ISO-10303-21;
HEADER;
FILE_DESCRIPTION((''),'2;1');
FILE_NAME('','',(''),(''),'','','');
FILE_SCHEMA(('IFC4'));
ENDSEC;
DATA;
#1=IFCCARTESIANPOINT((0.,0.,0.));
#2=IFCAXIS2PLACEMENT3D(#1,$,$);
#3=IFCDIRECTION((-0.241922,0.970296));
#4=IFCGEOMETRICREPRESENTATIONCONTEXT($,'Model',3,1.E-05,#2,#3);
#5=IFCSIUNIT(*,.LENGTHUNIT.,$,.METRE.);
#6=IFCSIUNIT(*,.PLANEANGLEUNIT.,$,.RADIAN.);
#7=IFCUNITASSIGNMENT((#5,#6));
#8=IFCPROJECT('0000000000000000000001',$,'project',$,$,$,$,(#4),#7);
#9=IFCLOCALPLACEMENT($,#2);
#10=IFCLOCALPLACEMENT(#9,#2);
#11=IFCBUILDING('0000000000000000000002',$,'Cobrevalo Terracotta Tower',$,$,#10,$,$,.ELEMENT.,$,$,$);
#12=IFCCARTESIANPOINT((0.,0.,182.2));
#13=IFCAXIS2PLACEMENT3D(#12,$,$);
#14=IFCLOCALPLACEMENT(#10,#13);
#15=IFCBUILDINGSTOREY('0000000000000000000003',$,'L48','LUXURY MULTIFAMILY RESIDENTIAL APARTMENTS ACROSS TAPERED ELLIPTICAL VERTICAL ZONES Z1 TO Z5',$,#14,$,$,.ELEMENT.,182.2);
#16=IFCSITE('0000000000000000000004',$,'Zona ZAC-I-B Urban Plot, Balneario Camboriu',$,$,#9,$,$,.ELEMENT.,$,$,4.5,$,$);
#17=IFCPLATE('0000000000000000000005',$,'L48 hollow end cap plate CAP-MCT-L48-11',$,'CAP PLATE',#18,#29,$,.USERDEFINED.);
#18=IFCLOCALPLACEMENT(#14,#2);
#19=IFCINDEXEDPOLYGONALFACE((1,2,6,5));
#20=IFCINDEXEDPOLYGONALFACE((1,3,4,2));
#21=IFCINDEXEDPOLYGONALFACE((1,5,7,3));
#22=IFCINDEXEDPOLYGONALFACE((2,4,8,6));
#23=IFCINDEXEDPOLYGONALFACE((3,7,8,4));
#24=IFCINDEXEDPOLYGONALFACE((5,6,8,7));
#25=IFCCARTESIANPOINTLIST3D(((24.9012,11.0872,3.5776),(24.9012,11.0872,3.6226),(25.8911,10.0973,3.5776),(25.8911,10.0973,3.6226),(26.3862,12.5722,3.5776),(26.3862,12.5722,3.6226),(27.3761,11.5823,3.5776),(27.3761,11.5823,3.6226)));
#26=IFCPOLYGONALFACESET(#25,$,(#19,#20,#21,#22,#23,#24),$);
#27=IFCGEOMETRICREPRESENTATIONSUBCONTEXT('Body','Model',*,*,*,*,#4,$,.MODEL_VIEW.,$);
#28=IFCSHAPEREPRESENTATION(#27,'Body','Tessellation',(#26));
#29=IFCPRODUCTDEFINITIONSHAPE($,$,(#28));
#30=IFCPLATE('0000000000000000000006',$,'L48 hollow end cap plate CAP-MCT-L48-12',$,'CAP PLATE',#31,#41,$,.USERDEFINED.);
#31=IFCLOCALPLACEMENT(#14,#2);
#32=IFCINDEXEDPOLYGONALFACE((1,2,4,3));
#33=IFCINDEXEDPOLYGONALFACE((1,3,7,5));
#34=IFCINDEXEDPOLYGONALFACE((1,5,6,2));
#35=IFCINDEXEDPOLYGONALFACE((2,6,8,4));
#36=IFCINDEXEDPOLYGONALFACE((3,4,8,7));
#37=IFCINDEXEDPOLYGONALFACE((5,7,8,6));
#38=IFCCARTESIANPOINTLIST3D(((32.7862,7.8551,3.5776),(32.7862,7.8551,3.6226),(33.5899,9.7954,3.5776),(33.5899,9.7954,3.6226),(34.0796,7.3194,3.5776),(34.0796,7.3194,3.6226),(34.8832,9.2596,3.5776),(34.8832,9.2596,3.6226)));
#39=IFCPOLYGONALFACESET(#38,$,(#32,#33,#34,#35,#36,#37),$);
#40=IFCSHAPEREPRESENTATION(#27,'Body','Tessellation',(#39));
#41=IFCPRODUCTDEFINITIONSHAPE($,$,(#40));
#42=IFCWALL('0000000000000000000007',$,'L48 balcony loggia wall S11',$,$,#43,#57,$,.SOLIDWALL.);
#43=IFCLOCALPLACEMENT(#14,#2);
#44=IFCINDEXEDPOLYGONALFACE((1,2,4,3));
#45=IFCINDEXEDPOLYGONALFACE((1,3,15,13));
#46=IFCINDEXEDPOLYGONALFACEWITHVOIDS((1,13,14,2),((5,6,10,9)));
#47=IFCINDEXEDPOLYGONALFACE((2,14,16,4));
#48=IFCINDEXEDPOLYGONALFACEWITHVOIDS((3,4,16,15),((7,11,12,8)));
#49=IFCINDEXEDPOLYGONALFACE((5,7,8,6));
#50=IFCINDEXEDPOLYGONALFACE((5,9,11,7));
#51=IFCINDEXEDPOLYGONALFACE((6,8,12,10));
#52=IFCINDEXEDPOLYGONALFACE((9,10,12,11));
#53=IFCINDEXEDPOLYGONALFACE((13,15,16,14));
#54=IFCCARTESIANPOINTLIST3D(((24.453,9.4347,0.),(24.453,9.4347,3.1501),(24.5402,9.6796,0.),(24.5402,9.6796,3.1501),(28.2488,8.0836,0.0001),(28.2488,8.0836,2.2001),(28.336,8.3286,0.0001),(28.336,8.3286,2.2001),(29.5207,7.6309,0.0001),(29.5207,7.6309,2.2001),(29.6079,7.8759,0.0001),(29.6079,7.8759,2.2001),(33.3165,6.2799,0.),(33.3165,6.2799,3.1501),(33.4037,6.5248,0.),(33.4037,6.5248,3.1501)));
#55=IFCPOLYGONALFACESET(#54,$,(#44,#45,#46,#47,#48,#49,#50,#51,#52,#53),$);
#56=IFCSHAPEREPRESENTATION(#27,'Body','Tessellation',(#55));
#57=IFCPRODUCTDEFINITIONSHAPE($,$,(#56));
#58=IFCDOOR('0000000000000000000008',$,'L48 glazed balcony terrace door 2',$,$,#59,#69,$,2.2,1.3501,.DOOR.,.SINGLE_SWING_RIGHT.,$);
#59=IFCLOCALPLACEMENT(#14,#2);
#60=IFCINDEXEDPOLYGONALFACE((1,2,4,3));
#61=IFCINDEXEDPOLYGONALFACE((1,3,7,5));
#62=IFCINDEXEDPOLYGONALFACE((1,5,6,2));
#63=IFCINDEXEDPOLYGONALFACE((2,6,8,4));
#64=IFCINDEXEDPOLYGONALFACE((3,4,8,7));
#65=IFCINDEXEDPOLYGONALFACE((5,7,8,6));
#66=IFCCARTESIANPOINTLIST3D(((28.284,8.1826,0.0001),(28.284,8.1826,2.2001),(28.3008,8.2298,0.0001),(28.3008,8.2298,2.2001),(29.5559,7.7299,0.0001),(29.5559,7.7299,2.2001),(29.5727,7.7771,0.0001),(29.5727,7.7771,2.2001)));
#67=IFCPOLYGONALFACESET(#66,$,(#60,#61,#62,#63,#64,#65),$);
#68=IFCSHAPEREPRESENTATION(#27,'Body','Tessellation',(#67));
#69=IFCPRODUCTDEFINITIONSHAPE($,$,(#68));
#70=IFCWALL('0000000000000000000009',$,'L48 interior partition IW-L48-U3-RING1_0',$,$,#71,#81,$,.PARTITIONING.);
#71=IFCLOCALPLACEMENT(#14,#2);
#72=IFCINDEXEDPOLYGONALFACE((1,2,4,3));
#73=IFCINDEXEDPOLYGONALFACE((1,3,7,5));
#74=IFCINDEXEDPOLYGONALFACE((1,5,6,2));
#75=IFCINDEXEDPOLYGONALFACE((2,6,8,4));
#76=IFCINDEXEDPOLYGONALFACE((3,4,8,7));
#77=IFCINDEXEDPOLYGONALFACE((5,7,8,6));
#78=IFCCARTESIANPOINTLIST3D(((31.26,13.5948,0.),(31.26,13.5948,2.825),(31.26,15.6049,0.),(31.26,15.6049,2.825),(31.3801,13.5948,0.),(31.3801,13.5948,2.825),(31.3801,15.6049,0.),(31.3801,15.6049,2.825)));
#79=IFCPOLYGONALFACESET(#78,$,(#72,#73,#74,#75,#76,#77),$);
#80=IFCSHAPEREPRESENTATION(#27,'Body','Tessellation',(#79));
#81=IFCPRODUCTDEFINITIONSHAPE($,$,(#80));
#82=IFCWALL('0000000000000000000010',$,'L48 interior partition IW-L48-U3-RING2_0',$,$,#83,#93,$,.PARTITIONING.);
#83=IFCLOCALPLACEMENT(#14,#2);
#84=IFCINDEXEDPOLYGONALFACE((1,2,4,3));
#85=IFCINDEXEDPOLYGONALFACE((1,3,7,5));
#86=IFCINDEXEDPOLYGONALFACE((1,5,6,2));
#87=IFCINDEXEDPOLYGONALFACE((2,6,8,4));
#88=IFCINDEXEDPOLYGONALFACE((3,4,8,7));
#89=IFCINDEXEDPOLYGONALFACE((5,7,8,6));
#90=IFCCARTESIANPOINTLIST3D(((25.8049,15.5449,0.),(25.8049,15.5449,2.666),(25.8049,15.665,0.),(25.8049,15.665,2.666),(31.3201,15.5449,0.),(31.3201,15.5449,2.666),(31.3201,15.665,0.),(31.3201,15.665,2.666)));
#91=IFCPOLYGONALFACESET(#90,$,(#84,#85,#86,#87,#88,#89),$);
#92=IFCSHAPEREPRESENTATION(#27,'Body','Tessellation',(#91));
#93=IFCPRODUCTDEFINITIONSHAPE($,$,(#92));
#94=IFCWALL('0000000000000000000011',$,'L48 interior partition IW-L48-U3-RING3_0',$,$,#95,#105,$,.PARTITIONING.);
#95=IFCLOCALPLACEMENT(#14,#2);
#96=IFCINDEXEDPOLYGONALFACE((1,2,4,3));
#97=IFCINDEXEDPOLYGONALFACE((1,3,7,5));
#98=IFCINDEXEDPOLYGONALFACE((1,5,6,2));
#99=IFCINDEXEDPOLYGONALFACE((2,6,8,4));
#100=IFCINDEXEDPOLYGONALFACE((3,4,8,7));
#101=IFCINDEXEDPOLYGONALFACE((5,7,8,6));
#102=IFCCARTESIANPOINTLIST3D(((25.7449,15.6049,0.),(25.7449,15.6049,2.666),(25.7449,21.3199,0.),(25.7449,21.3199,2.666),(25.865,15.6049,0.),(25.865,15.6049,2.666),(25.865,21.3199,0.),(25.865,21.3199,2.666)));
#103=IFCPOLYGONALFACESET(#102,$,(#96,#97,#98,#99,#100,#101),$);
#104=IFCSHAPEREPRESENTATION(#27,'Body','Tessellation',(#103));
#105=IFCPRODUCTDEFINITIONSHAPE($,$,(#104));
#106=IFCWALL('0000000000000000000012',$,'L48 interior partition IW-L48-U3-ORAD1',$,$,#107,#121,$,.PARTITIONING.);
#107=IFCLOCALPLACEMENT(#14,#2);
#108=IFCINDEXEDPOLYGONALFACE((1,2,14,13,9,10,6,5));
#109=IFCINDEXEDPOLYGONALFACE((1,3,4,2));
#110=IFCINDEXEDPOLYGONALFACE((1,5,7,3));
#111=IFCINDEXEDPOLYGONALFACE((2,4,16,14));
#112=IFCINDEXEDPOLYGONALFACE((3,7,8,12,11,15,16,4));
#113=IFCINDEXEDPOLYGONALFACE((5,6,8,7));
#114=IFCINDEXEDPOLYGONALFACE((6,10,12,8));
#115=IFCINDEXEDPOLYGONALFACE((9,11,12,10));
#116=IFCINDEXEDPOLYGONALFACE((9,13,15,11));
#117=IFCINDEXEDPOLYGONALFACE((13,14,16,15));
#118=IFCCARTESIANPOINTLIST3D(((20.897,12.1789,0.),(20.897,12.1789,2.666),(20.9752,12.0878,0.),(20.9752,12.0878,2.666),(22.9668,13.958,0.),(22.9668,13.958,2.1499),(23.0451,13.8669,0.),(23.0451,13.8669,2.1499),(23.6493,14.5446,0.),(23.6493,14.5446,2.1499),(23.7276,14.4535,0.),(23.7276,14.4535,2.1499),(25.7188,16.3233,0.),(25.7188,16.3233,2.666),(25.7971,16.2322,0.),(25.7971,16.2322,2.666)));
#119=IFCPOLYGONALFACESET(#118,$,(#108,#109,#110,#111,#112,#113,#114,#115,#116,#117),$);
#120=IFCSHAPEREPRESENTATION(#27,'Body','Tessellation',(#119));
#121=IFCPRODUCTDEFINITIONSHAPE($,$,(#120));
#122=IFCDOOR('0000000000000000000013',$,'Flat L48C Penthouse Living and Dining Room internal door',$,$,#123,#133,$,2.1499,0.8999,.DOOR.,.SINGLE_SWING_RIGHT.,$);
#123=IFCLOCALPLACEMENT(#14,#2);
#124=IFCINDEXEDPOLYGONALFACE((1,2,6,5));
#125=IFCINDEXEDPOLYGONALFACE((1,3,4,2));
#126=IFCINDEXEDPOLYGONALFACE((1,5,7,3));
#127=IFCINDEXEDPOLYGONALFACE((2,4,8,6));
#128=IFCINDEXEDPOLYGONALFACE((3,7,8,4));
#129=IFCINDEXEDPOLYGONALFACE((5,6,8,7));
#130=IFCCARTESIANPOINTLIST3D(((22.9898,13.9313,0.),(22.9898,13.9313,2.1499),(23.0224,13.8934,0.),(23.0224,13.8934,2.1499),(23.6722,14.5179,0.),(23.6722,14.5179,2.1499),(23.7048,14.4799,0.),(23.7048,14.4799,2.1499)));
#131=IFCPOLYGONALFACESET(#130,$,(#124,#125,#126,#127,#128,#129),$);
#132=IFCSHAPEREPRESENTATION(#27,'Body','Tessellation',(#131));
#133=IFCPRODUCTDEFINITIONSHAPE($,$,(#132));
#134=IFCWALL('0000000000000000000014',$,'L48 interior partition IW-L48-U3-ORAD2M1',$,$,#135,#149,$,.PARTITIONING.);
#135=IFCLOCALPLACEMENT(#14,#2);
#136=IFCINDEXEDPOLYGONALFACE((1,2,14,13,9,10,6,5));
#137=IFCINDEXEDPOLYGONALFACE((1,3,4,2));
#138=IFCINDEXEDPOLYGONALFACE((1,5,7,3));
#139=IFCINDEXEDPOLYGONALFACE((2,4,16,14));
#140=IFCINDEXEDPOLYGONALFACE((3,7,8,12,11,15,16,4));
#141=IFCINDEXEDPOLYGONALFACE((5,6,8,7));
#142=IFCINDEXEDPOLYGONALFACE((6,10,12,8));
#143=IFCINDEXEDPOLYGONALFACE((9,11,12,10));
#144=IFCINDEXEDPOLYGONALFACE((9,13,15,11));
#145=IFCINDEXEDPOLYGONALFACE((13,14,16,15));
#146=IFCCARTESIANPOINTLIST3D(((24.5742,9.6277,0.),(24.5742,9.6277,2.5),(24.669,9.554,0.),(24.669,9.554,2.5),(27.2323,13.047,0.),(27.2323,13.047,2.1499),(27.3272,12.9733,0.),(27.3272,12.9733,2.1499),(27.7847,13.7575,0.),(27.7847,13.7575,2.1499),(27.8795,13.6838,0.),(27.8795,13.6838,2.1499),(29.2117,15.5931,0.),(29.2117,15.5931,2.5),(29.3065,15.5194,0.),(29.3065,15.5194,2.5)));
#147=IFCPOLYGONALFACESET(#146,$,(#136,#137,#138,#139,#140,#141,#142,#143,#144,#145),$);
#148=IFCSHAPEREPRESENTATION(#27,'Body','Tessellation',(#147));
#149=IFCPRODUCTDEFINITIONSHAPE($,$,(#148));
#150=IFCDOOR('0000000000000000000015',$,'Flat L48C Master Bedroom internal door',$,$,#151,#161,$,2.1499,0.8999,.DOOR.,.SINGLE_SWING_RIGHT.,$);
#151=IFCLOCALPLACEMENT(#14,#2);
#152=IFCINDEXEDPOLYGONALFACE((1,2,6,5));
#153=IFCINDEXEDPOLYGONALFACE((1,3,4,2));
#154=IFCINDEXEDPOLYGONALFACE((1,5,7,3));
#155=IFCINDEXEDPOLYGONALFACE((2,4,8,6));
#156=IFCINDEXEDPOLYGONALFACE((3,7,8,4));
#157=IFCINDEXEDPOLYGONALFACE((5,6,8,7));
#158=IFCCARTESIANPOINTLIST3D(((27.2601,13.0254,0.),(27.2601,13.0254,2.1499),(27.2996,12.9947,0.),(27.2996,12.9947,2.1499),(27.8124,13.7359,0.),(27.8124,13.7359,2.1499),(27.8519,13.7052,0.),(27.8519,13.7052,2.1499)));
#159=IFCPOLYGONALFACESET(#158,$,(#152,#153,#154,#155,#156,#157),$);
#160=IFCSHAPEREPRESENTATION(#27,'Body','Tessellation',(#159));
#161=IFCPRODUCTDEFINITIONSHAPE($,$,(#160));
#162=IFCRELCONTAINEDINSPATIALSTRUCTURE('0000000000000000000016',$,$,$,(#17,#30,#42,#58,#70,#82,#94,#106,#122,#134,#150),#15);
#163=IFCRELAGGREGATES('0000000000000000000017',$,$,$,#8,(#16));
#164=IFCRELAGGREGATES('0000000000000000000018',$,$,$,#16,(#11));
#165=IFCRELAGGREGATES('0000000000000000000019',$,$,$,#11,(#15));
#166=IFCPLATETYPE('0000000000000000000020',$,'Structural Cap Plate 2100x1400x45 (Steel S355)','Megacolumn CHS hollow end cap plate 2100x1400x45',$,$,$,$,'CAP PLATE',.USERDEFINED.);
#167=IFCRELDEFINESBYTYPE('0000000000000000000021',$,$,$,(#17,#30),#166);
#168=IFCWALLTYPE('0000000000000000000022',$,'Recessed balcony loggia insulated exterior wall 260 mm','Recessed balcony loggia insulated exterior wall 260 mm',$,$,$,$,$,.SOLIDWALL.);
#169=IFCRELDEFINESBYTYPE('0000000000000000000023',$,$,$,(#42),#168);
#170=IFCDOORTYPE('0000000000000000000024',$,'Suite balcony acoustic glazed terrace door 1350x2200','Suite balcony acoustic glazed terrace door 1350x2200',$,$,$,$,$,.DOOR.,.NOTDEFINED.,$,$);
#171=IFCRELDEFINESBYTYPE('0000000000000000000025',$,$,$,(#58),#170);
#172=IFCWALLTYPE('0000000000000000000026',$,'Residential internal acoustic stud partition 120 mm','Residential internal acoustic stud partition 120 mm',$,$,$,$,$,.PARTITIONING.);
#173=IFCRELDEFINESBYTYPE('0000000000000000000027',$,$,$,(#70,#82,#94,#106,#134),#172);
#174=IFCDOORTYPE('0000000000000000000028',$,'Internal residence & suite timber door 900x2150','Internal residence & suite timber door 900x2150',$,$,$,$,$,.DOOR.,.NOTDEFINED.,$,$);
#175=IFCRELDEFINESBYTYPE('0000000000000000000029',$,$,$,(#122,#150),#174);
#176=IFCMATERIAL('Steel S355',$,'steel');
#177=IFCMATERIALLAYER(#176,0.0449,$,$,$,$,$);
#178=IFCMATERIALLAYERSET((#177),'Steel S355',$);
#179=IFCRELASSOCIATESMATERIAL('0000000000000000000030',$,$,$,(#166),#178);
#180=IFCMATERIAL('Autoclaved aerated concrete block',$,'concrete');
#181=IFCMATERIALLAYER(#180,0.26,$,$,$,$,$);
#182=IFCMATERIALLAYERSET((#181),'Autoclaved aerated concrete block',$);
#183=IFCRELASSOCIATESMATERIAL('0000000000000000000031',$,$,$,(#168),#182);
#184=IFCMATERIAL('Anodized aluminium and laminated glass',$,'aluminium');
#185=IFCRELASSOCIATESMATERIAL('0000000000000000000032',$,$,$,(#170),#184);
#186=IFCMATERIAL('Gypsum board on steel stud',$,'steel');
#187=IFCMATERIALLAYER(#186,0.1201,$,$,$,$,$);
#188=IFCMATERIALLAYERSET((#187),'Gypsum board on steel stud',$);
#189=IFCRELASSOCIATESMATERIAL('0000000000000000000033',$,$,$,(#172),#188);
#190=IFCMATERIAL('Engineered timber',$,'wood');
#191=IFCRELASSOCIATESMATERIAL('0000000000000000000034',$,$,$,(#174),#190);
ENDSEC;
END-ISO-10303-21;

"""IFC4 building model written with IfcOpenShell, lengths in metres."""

from ifc_helpers import new_model, si_unit, direction, frame, frame_2d, origin, origin_2d, place, context, subcontext, project, spatial, rectangle, extrude, source, transform, mapped, material, layer, layer_set, type_object, element, fill, save


model = new_model("IFC4")

# Units and contexts
model_context = context("Model", 3, precision=1e-05, world=origin(), true_north=direction((-0.241922, 0.970296)))
body_context = subcontext(model_context, "Body", "Model", "MODEL_VIEW")
ifc_project = project(units=[si_unit("LENGTHUNIT", "METRE"), si_unit("PLANEANGLEUNIT", "RADIAN")], contexts=[model_context])

# Site, building, storey
site_placement = place(None, origin())
site = spatial("IfcSite", under=ifc_project, at=site_placement, Name="Zona ZAC-I-B Urban Plot, Balneario Camboriu", CompositionType="ELEMENT", RefElevation=4.5)
building_placement = place(site_placement, origin())
building = spatial("IfcBuilding", under=site, at=building_placement, Name="Cobrevalo Terracotta Tower", CompositionType="ELEMENT")
storey_placement = place(building_placement, frame((0.0, 0.0, 182.2)))
storey = spatial("IfcBuildingStorey", under=building, at=storey_placement, Name="L48", Description="LUXURY MULTIFAMILY RESIDENTIAL APARTMENTS ACROSS TAPERED ELLIPTICAL VERTICAL ZONES Z1 TO Z5", CompositionType="ELEMENT", Elevation=182.2)

# Shared definitions
ifc_material_1 = material(Name="Steel S355", Category="steel")

# Plates
ifc_layer_1 = layer(ifc_material_1, 0.0449)
ifc_layer_set_1 = layer_set([ifc_layer_1], Name="Steel S355")
plate_type = type_object("IfcPlateType", Name="Structural Cap Plate 2100x1400x45 (Steel S355)", Description="Megacolumn CHS hollow end cap plate 2100x1400x45", ElementType="CAP PLATE", PredefinedType="USERDEFINED", material=ifc_layer_set_1)
shared_shape_1 = source(origin(), body_context, "Body", "SweptSolid", [
    extrude(rectangle(XDim=2.1001, YDim=1.3999, at=origin_2d()), origin(), (0.0, 0.0, 1.0), 0.0449),
])
for number, where, z_axis, x_axis, name in (
    (1, (26.1387, 11.3347, 3.5776), (0.0, 0.0, 1.0), (-0.707107, -0.707107, 0.0), "L48 hollow end cap plate CAP-MCT-L48-11"),
    (2, (33.8347, 8.5574, 3.5776), (0.0, 0.0, 1.0), (-0.382683, -0.92388, 0.0), "L48 hollow end cap plate CAP-MCT-L48-12"),
):
    element("IfcPlate", number, at=place(storey_placement, frame(where, z_axis=z_axis, x_axis=x_axis)), inside=storey, type_object=plate_type, Name=name, ObjectType="CAP PLATE", PredefinedType="USERDEFINED", context=body_context, shape_type="MappedRepresentation", body=[
        mapped(shared_shape_1, transform((0.0, 0.0, 0.0), scale=1.0)),
    ])

# Wall, opening, door
ifc_material_2 = material(Name="Autoclaved aerated concrete block", Category="concrete")
ifc_layer_2 = layer(ifc_material_2, 0.26)
ifc_layer_set_2 = layer_set([ifc_layer_2], Name="Autoclaved aerated concrete block")
wall_type_1 = type_object("IfcWallType", Name="Recessed balcony loggia insulated exterior wall 260 mm", Description="Recessed balcony loggia insulated exterior wall 260 mm", PredefinedType="SOLIDWALL", material=ifc_layer_set_2)
wall_1_placement = place(storey_placement, frame((24.4966, 9.5571, 0.0), z_axis=(0.0, 0.0, 1.0), x_axis=(0.942104, -0.335322, 0.0)))
wall_1 = element("IfcWall", 3, at=wall_1_placement, inside=storey, type_object=wall_type_1, Name="L48 balcony loggia wall S11", PredefinedType="SOLIDWALL", context=body_context, shape_type="SweptSolid", body=[
    extrude(rectangle(XDim=9.4082, YDim=0.26, at=frame_2d((4.7041, 0.0))), origin(), (0.0, 0.0, 1.0), 3.1501),
])
opening_1_placement = place(wall_1_placement, frame((4.0291, 0.0, 0.0)))
opening_1 = element("IfcOpeningElement", 4, at=opening_1_placement, cuts=wall_1, PredefinedType="OPENING", context=body_context, shape_type="SweptSolid", body=[
    extrude(rectangle(XDim=1.3501, YDim=2.2, at=frame_2d((0.675, 1.1001))), frame((0.0, 0.1401, 0.0), z_axis=(0.0, -1.0, 0.0), x_axis=(1.0, 0.0, 0.0)), (0.0, 0.0, 1.0), 0.28),
])
ifc_material_3 = material(Name="Anodized aluminium and laminated glass", Category="aluminium")
door_type_1 = type_object("IfcDoorType", Name="Suite balcony acoustic glazed terrace door 1350x2200", Description="Suite balcony acoustic glazed terrace door 1350x2200", OperationType="NOTDEFINED", PredefinedType="DOOR", material=ifc_material_3)
shared_shape_2 = source(origin(), body_context, "Body", "SweptSolid", [
    extrude(rectangle(XDim=1.3501, YDim=2.2, at=frame_2d((0.675, 1.1001))), frame((0.0, 0.0249, 0.0), z_axis=(0.0, -1.0, 0.0), x_axis=(1.0, 0.0, 0.0)), (0.0, 0.0, 1.0), 0.05),
])
door_1_placement = place(opening_1_placement, frame((1.3501, 0.0, 0.0), z_axis=(0.0, 0.0, 1.0), x_axis=(-1.0, 0.0, 0.0)))
door_1 = element("IfcDoor", 5, at=door_1_placement, inside=storey, type_object=door_type_1, Name="L48 glazed balcony terrace door 2", OperationType="SINGLE_SWING_RIGHT", OverallHeight=2.2, OverallWidth=1.3501, PredefinedType="DOOR", context=body_context, shape_type="MappedRepresentation", body=[
    mapped(shared_shape_2, transform((0.0, 0.0, 0.0), scale=1.0)),
])
fill(opening_1, door_1)

# Walls
ifc_material_4 = material(Name="Gypsum board on steel stud", Category="steel")
ifc_layer_3 = layer(ifc_material_4, 0.1201)
ifc_layer_set_3 = layer_set([ifc_layer_3], Name="Gypsum board on steel stud")
wall_type_2 = type_object("IfcWallType", Name="Residential internal acoustic stud partition 120 mm", Description="Residential internal acoustic stud partition 120 mm", PredefinedType="PARTITIONING", material=ifc_layer_set_3)
wall_2_placement = place(storey_placement, frame((31.3201, 13.595, 0.0), z_axis=(0.0, 0.0, 1.0), x_axis=(0.0, 1.0, 0.0)))
element("IfcWall", 6, at=wall_2_placement, inside=storey, type_object=wall_type_2, Name="L48 interior partition IW-L48-U3-RING1_0", PredefinedType="PARTITIONING", context=body_context, shape_type="SweptSolid", body=[
    extrude(rectangle(XDim=2.01, YDim=0.1201, at=frame_2d((1.0049, 0.0))), origin(), (0.0, 0.0, 1.0), 2.825),
])
wall_3_placement = place(storey_placement, frame((31.3201, 15.605, 0.0), z_axis=(0.0, 0.0, 1.0), x_axis=(-1.0, 0.0, 0.0)))
element("IfcWall", 7, at=wall_3_placement, inside=storey, type_object=wall_type_2, Name="L48 interior partition IW-L48-U3-RING2_0", PredefinedType="PARTITIONING", context=body_context, shape_type="SweptSolid", body=[
    extrude(rectangle(XDim=5.5151, YDim=0.1201, at=frame_2d((2.7576, 0.0))), origin(), (0.0, 0.0, 1.0), 2.666),
])
wall_4_placement = place(storey_placement, frame((25.8049, 15.605, 0.0), z_axis=(0.0, 0.0, 1.0), x_axis=(0.0, 1.0, 0.0)))
element("IfcWall", 8, at=wall_4_placement, inside=storey, type_object=wall_type_2, Name="L48 interior partition IW-L48-U3-RING3_0", PredefinedType="PARTITIONING", context=body_context, shape_type="SweptSolid", body=[
    extrude(rectangle(XDim=5.7151, YDim=0.1201, at=frame_2d((2.8574, 0.0))), origin(), (0.0, 0.0, 1.0), 2.666),
])

# Walls, openings, doors
wall_5_placement = place(storey_placement, frame((25.7581, 16.2778, 0.0), z_axis=(0.0, 0.0, 1.0), x_axis=(-0.758375, -0.651819, 0.0)))
wall_5 = element("IfcWall", 9, at=wall_5_placement, inside=storey, type_object=wall_type_2, Name="L48 interior partition IW-L48-U3-ORAD1", PredefinedType="PARTITIONING", context=body_context, shape_type="SweptSolid", body=[
    extrude(rectangle(XDim=6.3582, YDim=0.1201, at=frame_2d((3.1792, 0.0))), origin(), (0.0, 0.0, 1.0), 2.666),
])
opening_2_placement = place(wall_5_placement, frame((2.729, 0.0, 0.0)))
opening_2 = element("IfcOpeningElement", 10, at=opening_2_placement, cuts=wall_5, PredefinedType="OPENING", context=body_context, shape_type="SweptSolid", body=[
    extrude(rectangle(XDim=0.8999, YDim=2.1499, at=frame_2d((0.45, 1.075))), frame((0.0, 0.0701, 0.0), z_axis=(0.0, -1.0, 0.0), x_axis=(1.0, 0.0, 0.0)), (0.0, 0.0, 1.0), 0.1401),
])
ifc_material_5 = material(Name="Engineered timber", Category="wood")
door_type_2 = type_object("IfcDoorType", Name="Internal residence & suite timber door 900x2150", Description="Internal residence & suite timber door 900x2150", OperationType="NOTDEFINED", PredefinedType="DOOR", material=ifc_material_5)
shared_shape_3 = source(origin(), body_context, "Body", "SweptSolid", [
    extrude(rectangle(XDim=0.8999, YDim=2.1499, at=frame_2d((0.45, 1.075))), frame((0.0, 0.0249, 0.0), z_axis=(0.0, -1.0, 0.0), x_axis=(1.0, 0.0, 0.0)), (0.0, 0.0, 1.0), 0.05),
])
door_2_placement = place(opening_2_placement, frame((0.8999, 0.0, 0.0), z_axis=(0.0, 0.0, 1.0), x_axis=(-1.0, 0.0, 0.0)))
door_2 = element("IfcDoor", 11, at=door_2_placement, inside=storey, type_object=door_type_2, Name="Flat L48C Penthouse Living and Dining Room internal door", OperationType="SINGLE_SWING_RIGHT", OverallHeight=2.1499, OverallWidth=0.8999, PredefinedType="DOOR", context=body_context, shape_type="MappedRepresentation", body=[
    mapped(shared_shape_3, transform((0.0, 0.0, 0.0), scale=1.0)),
])
fill(opening_2, door_2)
wall_6_placement = place(storey_placement, frame((29.259, 15.5562, 0.0), z_axis=(0.0, 0.0, 1.0), x_axis=(-0.613755, -0.789497, 0.0)))
wall_6 = element("IfcWall", 12, at=wall_6_placement, inside=storey, type_object=wall_type_2, Name="L48 interior partition IW-L48-U3-ORAD2M1", PredefinedType="PARTITIONING", context=body_context, shape_type="SweptSolid", body=[
    extrude(rectangle(XDim=7.5559, YDim=0.1201, at=frame_2d((3.7778, 0.0))), origin(), (0.0, 0.0, 1.0), 2.5),
])
opening_3_placement = place(wall_6_placement, frame((2.325, 0.0, 0.0)))
opening_3 = element("IfcOpeningElement", 13, at=opening_3_placement, cuts=wall_6, PredefinedType="OPENING", context=body_context, shape_type="SweptSolid", body=[
    extrude(rectangle(XDim=0.8999, YDim=2.1499, at=frame_2d((0.45, 1.075))), frame((0.0, 0.0701, 0.0), z_axis=(0.0, -1.0, 0.0), x_axis=(1.0, 0.0, 0.0)), (0.0, 0.0, 1.0), 0.1401),
])
door_3_placement = place(opening_3_placement, frame((0.8999, 0.0, 0.0), z_axis=(0.0, 0.0, 1.0), x_axis=(-1.0, 0.0, 0.0)))
door_3 = element("IfcDoor", 14, at=door_3_placement, inside=storey, type_object=door_type_2, Name="Flat L48C Master Bedroom internal door", OperationType="SINGLE_SWING_RIGHT", OverallHeight=2.1499, OverallWidth=0.8999, PredefinedType="DOOR", context=body_context, shape_type="MappedRepresentation", body=[
    mapped(shared_shape_3, transform((0.0, 0.0, 0.0), scale=1.0)),
])
fill(opening_3, door_3)

save(model, "model.ifc")
